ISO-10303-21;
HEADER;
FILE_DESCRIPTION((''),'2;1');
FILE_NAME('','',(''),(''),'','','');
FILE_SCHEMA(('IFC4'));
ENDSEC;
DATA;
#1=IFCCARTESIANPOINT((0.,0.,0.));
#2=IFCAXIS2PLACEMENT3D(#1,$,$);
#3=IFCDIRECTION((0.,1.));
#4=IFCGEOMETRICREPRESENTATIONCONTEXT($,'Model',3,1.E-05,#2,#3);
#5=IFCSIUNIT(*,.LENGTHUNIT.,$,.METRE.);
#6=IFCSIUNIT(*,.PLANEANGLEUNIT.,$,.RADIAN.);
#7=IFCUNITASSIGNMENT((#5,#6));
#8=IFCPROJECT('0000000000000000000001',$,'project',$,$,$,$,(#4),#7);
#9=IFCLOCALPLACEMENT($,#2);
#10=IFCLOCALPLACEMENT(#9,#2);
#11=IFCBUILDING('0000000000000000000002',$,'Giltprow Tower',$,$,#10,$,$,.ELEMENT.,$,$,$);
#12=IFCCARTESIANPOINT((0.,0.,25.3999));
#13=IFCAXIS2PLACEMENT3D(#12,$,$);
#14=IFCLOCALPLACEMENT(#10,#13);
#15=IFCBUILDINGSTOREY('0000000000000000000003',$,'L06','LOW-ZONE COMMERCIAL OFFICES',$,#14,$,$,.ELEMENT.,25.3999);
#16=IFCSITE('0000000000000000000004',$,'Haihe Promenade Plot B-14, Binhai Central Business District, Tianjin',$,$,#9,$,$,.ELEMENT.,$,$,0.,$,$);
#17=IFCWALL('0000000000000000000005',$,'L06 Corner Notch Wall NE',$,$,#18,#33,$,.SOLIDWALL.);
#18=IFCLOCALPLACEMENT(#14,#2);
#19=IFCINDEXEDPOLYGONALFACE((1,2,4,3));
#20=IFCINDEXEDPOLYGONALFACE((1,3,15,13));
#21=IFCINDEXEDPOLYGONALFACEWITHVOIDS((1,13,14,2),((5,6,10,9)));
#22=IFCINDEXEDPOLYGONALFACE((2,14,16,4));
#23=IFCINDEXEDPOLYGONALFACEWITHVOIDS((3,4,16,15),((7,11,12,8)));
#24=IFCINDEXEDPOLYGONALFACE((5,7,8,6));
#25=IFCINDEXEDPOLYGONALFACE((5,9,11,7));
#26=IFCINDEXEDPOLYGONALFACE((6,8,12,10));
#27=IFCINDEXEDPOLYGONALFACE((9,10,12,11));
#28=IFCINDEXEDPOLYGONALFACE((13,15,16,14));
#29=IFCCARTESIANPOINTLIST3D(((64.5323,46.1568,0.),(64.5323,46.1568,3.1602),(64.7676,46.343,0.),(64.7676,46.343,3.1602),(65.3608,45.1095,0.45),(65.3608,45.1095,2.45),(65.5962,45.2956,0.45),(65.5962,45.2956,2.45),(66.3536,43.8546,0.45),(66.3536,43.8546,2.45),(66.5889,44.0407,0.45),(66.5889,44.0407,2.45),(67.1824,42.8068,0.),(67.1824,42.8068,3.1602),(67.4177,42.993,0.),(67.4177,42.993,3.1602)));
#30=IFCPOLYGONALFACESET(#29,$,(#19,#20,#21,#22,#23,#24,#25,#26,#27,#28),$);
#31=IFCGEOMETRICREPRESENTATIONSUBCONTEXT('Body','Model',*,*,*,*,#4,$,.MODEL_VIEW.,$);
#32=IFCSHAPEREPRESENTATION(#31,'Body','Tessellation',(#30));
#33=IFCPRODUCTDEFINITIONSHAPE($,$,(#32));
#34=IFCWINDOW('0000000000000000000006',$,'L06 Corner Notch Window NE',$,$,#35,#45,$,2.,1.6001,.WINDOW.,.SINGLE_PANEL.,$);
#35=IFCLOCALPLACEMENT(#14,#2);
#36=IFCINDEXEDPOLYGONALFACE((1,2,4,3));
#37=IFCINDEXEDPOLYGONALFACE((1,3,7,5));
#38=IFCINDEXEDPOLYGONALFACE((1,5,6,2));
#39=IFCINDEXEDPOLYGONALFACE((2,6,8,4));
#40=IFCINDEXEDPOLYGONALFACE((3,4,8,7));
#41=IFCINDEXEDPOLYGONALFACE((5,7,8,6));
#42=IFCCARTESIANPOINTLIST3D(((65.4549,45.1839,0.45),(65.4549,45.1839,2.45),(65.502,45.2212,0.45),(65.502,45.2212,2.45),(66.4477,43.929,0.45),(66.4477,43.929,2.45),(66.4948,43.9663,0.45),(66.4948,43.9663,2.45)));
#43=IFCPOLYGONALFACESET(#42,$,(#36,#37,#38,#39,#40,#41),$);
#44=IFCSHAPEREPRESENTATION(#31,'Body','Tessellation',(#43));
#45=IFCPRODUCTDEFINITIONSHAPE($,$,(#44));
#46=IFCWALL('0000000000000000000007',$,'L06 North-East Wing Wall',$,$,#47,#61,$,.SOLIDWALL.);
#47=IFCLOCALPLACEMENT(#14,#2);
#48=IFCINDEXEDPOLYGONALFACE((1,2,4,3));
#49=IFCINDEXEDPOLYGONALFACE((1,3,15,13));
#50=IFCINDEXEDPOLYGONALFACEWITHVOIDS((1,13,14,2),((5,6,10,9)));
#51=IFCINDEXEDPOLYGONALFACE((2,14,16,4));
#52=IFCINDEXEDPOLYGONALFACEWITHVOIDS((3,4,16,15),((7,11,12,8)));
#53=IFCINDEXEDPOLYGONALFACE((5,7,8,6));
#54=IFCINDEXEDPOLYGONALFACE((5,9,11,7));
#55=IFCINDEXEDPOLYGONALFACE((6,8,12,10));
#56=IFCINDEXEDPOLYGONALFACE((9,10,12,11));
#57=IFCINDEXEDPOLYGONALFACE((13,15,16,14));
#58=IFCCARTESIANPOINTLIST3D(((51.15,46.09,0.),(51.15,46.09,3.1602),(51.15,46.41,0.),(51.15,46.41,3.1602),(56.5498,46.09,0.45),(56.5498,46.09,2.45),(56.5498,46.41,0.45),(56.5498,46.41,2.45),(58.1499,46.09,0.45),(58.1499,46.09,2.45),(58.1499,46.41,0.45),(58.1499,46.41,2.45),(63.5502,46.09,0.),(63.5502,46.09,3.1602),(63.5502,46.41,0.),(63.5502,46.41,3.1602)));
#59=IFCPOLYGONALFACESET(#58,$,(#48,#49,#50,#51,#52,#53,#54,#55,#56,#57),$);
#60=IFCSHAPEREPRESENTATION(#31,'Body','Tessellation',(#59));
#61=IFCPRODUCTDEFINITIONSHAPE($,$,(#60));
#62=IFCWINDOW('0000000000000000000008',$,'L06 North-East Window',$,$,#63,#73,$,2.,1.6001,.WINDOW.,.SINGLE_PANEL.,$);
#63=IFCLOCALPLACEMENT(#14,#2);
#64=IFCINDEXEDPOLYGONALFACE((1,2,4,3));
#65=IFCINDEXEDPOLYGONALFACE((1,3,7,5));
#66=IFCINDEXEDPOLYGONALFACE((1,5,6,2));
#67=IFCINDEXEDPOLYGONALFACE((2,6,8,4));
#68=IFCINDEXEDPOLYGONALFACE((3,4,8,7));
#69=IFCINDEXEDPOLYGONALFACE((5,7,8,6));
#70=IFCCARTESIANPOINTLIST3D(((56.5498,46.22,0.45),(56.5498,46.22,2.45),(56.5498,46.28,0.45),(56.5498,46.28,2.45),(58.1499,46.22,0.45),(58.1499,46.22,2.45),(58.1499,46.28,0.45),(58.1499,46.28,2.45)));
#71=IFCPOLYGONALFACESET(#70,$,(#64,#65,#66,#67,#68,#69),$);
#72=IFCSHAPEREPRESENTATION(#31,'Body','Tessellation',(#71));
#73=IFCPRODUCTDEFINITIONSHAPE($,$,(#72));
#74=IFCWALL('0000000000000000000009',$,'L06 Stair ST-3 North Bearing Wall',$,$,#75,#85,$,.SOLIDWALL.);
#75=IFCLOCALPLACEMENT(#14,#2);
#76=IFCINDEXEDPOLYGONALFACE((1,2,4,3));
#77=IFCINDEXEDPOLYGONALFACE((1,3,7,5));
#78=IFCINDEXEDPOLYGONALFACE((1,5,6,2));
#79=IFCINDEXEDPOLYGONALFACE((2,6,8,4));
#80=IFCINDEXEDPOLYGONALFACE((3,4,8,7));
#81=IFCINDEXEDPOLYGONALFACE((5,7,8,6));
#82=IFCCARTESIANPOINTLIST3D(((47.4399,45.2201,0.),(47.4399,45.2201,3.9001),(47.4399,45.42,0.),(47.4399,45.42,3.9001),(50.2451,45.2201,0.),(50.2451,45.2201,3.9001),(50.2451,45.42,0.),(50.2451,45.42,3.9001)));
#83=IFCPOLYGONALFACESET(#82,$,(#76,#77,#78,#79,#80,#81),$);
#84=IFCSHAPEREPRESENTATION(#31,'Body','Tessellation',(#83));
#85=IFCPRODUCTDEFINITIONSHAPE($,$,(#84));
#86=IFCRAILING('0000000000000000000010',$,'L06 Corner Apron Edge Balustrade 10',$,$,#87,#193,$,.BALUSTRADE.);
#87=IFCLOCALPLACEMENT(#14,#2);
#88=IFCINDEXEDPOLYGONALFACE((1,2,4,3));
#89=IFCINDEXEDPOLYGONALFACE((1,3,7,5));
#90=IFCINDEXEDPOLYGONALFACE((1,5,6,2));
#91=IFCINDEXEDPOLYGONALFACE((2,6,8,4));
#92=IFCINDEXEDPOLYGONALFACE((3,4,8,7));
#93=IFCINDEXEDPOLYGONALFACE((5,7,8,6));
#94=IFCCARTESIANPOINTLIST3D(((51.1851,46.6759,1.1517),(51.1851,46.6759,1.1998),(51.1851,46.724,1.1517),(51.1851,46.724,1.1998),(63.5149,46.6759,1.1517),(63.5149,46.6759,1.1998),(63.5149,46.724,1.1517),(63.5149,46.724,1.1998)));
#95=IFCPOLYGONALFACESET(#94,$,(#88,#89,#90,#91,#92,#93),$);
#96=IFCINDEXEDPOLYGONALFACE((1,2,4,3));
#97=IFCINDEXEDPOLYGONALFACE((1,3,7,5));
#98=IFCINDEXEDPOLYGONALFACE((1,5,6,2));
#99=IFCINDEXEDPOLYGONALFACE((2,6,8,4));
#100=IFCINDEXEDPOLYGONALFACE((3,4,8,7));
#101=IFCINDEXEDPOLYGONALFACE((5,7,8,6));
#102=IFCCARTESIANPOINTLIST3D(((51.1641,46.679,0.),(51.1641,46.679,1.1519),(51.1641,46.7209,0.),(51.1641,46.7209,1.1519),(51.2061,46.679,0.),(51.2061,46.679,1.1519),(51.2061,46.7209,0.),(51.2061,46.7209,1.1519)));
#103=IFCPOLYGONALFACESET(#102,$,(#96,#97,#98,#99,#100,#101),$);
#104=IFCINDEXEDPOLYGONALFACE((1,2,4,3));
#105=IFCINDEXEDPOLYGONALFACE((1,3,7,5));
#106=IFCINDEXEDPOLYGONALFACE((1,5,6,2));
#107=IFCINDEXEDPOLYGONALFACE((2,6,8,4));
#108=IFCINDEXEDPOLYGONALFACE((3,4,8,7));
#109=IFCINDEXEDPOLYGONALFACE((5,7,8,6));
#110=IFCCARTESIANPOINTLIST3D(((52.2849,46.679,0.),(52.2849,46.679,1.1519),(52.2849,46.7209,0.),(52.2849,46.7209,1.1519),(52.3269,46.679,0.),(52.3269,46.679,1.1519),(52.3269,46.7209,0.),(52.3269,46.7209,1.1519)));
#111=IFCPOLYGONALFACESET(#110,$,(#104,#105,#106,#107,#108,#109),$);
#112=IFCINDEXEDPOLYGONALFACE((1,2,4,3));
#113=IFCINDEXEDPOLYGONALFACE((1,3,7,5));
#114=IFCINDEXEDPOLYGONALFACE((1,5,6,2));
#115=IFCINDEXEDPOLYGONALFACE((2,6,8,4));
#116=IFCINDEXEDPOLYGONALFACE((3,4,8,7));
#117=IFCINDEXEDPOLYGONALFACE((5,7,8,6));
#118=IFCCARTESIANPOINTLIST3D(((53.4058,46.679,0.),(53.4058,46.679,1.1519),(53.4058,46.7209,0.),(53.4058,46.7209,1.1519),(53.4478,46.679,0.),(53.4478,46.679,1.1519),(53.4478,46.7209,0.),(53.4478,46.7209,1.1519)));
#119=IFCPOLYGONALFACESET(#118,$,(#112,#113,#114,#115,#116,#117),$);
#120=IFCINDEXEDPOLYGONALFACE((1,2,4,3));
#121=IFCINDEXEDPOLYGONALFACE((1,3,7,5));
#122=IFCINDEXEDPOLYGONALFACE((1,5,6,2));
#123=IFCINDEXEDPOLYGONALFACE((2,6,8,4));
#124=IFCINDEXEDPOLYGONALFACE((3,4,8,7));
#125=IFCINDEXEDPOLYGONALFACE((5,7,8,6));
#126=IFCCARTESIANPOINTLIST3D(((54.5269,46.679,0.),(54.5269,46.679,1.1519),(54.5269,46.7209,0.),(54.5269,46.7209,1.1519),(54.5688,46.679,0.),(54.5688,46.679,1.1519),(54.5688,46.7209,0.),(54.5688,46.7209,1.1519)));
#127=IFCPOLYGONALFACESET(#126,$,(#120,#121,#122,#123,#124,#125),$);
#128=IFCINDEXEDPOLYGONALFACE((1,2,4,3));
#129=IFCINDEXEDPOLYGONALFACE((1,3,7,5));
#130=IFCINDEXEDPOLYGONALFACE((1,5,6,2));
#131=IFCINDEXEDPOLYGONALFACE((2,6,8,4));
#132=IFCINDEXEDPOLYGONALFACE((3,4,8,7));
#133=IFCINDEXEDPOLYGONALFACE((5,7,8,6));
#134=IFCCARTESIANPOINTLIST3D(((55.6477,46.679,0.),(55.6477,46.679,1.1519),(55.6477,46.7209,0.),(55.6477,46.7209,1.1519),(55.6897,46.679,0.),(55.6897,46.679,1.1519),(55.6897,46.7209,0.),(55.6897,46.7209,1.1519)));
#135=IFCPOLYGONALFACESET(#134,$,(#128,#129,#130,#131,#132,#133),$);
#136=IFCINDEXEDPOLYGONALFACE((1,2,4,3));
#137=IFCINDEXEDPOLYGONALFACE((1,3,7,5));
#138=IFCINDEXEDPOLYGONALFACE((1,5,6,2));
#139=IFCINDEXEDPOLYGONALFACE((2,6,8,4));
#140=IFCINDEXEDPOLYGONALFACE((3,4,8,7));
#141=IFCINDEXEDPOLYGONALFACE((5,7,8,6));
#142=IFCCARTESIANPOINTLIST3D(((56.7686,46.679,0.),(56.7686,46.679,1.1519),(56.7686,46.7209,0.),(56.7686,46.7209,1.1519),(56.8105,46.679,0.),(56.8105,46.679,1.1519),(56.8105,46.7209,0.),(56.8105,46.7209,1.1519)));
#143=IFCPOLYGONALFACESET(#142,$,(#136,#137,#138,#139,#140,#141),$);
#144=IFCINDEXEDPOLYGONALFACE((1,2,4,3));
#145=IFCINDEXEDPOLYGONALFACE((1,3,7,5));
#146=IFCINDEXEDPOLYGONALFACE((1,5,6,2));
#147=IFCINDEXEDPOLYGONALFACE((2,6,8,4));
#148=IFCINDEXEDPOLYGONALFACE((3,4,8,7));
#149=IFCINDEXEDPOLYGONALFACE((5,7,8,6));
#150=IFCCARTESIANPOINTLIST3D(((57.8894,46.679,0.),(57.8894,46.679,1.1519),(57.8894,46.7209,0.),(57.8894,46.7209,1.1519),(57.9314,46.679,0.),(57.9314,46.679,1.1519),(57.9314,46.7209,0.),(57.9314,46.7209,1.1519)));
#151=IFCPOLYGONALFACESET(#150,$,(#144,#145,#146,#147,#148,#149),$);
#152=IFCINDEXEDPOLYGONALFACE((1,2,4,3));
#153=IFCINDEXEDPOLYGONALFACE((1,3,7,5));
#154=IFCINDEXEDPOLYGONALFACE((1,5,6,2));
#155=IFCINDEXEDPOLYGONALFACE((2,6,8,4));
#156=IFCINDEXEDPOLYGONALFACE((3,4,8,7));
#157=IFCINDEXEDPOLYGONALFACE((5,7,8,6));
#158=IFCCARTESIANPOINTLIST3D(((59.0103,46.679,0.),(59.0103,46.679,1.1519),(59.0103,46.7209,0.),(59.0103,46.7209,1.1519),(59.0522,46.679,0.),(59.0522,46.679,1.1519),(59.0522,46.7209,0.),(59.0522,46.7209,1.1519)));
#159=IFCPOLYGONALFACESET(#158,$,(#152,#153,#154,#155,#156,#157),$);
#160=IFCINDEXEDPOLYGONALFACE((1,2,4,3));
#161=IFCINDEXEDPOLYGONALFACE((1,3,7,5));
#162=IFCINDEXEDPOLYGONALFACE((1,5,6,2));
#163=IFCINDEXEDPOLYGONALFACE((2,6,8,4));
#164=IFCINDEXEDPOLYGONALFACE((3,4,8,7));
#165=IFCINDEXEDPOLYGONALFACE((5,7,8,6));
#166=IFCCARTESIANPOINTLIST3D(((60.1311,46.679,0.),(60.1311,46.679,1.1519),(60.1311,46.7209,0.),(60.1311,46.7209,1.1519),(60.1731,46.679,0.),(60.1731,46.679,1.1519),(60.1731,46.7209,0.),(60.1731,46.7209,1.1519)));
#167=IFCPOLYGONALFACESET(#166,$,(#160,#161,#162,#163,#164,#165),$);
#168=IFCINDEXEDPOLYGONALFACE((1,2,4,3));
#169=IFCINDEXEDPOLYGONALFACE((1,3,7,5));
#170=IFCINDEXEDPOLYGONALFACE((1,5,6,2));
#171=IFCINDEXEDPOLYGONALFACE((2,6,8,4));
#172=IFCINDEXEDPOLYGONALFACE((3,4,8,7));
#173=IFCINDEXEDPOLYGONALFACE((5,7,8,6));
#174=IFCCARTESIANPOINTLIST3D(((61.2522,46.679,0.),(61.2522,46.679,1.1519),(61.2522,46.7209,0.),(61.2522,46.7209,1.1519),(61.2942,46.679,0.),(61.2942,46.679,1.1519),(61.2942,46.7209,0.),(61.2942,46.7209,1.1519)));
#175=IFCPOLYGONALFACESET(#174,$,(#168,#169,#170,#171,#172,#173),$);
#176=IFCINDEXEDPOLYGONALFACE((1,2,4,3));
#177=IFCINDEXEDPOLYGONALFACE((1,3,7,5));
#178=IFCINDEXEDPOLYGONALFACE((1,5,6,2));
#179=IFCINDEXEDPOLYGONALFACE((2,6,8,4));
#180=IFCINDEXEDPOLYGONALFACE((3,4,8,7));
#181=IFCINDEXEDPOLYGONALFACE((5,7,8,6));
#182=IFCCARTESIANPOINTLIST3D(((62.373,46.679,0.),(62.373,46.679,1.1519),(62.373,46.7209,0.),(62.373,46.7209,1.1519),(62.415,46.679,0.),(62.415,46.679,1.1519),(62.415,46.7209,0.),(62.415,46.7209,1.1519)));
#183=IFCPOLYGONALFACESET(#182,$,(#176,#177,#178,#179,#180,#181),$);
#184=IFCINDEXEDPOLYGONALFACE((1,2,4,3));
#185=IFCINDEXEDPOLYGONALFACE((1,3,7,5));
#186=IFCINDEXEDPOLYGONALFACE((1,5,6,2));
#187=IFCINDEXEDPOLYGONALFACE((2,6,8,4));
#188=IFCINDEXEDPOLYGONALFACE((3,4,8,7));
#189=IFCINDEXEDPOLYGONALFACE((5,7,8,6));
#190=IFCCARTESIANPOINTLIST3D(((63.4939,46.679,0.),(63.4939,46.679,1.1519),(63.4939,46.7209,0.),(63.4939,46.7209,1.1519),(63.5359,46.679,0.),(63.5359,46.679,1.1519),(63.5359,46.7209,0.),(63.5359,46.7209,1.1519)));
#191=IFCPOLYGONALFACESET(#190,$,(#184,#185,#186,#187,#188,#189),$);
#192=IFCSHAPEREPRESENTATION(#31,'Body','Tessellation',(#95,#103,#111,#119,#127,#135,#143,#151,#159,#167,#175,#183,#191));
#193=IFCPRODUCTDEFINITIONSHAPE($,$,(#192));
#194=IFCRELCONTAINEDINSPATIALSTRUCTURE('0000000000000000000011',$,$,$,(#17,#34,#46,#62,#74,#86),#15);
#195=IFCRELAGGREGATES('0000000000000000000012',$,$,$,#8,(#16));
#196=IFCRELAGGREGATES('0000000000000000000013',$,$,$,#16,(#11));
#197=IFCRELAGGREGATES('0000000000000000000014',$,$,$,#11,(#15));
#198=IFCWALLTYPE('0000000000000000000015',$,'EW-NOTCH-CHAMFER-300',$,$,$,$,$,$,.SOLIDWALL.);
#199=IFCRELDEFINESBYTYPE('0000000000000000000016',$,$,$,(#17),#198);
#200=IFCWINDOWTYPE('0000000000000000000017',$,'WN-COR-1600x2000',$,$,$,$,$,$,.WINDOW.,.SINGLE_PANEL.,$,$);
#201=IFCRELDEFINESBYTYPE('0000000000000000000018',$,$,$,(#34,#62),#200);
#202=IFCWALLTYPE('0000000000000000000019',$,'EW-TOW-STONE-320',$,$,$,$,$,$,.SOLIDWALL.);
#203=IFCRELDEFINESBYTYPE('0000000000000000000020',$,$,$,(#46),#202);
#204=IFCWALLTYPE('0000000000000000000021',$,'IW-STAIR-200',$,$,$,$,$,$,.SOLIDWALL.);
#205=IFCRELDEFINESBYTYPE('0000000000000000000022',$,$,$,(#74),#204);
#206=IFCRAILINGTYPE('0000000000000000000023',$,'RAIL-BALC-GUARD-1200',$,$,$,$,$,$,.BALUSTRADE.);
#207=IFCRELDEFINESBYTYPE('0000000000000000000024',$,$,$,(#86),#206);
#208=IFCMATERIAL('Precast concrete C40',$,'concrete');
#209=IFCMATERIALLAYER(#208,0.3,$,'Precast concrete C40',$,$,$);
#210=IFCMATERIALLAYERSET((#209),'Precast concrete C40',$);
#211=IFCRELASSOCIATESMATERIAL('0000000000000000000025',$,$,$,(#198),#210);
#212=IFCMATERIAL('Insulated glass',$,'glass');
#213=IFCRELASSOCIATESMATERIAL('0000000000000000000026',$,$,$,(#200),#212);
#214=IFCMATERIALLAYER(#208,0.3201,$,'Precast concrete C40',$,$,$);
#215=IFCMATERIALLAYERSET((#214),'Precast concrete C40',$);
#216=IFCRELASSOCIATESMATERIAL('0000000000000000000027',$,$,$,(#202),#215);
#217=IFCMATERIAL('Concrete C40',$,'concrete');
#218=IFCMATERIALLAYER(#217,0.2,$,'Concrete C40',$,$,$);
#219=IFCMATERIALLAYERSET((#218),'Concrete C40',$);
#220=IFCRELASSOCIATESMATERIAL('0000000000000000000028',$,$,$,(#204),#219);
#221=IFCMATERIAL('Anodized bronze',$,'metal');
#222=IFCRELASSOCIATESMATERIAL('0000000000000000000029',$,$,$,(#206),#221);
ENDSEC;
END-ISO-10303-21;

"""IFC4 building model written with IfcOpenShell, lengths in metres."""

from ifc_helpers import new_model, si_unit, direction, frame, frame_2d, origin, origin_2d, place, context, subcontext, project, spatial, rectangle, extrude, source, transform, mapped, material, layer, layer_set, type_object, element, fill, save


model = new_model("IFC4")

# Units and contexts
model_context = context("Model", 3, precision=1e-05, world=origin(), true_north=direction((0.0, 1.0)))
body_context = subcontext(model_context, "Body", "Model", "MODEL_VIEW")
ifc_project = project(units=[si_unit("LENGTHUNIT", "METRE"), si_unit("PLANEANGLEUNIT", "RADIAN")], contexts=[model_context])

# Site, building, storey
site_placement = place(None, origin())
site = spatial("IfcSite", under=ifc_project, at=site_placement, Name="Haihe Promenade Plot B-14, Binhai Central Business District, Tianjin", CompositionType="ELEMENT", RefElevation=0.0)
building_placement = place(site_placement, origin())
building = spatial("IfcBuilding", under=site, at=building_placement, Name="Giltprow Tower", CompositionType="ELEMENT")
storey_placement = place(building_placement, frame((0.0, 0.0, 25.3999)))
storey = spatial("IfcBuildingStorey", under=building, at=storey_placement, Name="L06", Description="LOW-ZONE COMMERCIAL OFFICES", CompositionType="ELEMENT", Elevation=25.3999)

# Walls, openings, windows
ifc_material_1 = material(Name="Precast concrete C40", Category="concrete")
ifc_layer_1 = layer(ifc_material_1, 0.3, Name="Precast concrete C40")
ifc_layer_set_1 = layer_set([ifc_layer_1], Name="Precast concrete C40")
wall_type_1 = type_object("IfcWallType", Name="EW-NOTCH-CHAMFER-300", PredefinedType="SOLIDWALL", material=ifc_layer_set_1)
wall_1_placement = place(storey_placement, frame((67.3, 42.8999, 0.0), z_axis=(0.0, 0.0, 1.0), x_axis=(-0.620413, 0.784275, 0.0)))
wall_1 = element("IfcWall", 1, at=wall_1_placement, inside=storey, type_object=wall_type_1, Name="L06 Corner Notch Wall NE", PredefinedType="SOLIDWALL", context=body_context, shape_type="SweptSolid", body=[
    extrude(rectangle(XDim=4.2715, YDim=0.3, at=frame_2d((2.1357, 0.0))), origin(), (0.0, 0.0, 1.0), 3.1602),
])
opening_1_placement = place(wall_1_placement, frame((1.3359, 0.0, 0.45)))
opening_1 = element("IfcOpeningElement", 2, at=opening_1_placement, cuts=wall_1, PredefinedType="OPENING", context=body_context, shape_type="SweptSolid", body=[
    extrude(rectangle(XDim=1.6001, YDim=2.0, at=frame_2d((0.8, 1.0))), frame((0.0, 0.1599, 0.0), z_axis=(0.0, -1.0, 0.0), x_axis=(1.0, 0.0, 0.0)), (0.0, 0.0, 1.0), 0.3201),
])
ifc_material_2 = material(Name="Insulated glass", Category="glass")
window_type = type_object("IfcWindowType", Name="WN-COR-1600x2000", PartitioningType="SINGLE_PANEL", PredefinedType="WINDOW", material=ifc_material_2)
shared_shape_1 = source(origin(), body_context, "Body", "SweptSolid", [
    extrude(rectangle(XDim=1.6001, YDim=2.0, at=frame_2d((0.8, 1.0))), frame((0.0, 0.03, 0.0), z_axis=(0.0, -1.0, 0.0), x_axis=(1.0, 0.0, 0.0)), (0.0, 0.0, 1.0), 0.0601),
])
window_1_placement = place(opening_1_placement, origin())
window_1 = element("IfcWindow", 3, at=window_1_placement, inside=storey, type_object=window_type, Name="L06 Corner Notch Window NE", OverallHeight=2.0, OverallWidth=1.6001, PartitioningType="SINGLE_PANEL", PredefinedType="WINDOW", context=body_context, shape_type="MappedRepresentation", body=[
    mapped(shared_shape_1, transform((0.0, 0.0, 0.0), x_axis=(1.0, 0.0, 0.0), y_axis=(0.0, 1.0, 0.0), z_axis=(0.0, 0.0, 1.0), scale=1.0)),
])
fill(opening_1, window_1)
ifc_layer_2 = layer(ifc_material_1, 0.3201, Name="Precast concrete C40")
ifc_layer_set_2 = layer_set([ifc_layer_2], Name="Precast concrete C40")
wall_type_2 = type_object("IfcWallType", Name="EW-TOW-STONE-320", PredefinedType="SOLIDWALL", material=ifc_layer_set_2)
wall_2_placement = place(storey_placement, frame((51.1499, 46.25, 0.0), z_axis=(0.0, 0.0, 1.0), x_axis=(1.0, 0.0, 0.0)))
wall_2 = element("IfcWall", 4, at=wall_2_placement, inside=storey, type_object=wall_type_2, Name="L06 North-East Wing Wall", PredefinedType="SOLIDWALL", context=body_context, shape_type="SweptSolid", body=[
    extrude(rectangle(XDim=12.4001, YDim=0.3201, at=frame_2d((6.2002, 0.0))), origin(), (0.0, 0.0, 1.0), 3.1602),
])
opening_2_placement = place(wall_2_placement, frame((5.3999, 0.0, 0.45)))
opening_2 = element("IfcOpeningElement", 5, at=opening_2_placement, cuts=wall_2, PredefinedType="OPENING", context=body_context, shape_type="SweptSolid", body=[
    extrude(rectangle(XDim=1.6001, YDim=2.0, at=frame_2d((0.8, 1.0))), frame((0.0, 0.1699, 0.0), z_axis=(0.0, -1.0, 0.0), x_axis=(1.0, 0.0, 0.0)), (0.0, 0.0, 1.0), 0.3401),
])
window_2_placement = place(opening_2_placement, origin())
window_2 = element("IfcWindow", 6, at=window_2_placement, inside=storey, type_object=window_type, Name="L06 North-East Window", OverallHeight=2.0, OverallWidth=1.6001, PartitioningType="SINGLE_PANEL", PredefinedType="WINDOW", context=body_context, shape_type="MappedRepresentation", body=[
    mapped(shared_shape_1, transform((0.0, 0.0, 0.0), x_axis=(1.0, 0.0, 0.0), y_axis=(0.0, 1.0, 0.0), z_axis=(0.0, 0.0, 1.0), scale=1.0)),
])
fill(opening_2, window_2)

# Wall
ifc_material_3 = material(Name="Concrete C40", Category="concrete")
ifc_layer_3 = layer(ifc_material_3, 0.2, Name="Concrete C40")
ifc_layer_set_3 = layer_set([ifc_layer_3], Name="Concrete C40")
wall_type_3 = type_object("IfcWallType", Name="IW-STAIR-200", PredefinedType="SOLIDWALL", material=ifc_layer_set_3)
wall_3_placement = place(storey_placement, frame((47.4399, 45.3201, 0.0), z_axis=(0.0, 0.0, 1.0), x_axis=(1.0, 0.0, 0.0)))
element("IfcWall", 7, at=wall_3_placement, inside=storey, type_object=wall_type_3, Name="L06 Stair ST-3 North Bearing Wall", PredefinedType="SOLIDWALL", context=body_context, shape_type="SweptSolid", body=[
    extrude(rectangle(XDim=2.8052, YDim=0.2, at=frame_2d((1.4026, 0.0))), origin(), (0.0, 0.0, 1.0), 3.9001),
])

# Railing
ifc_material_4 = material(Name="Anodized bronze", Category="metal")
railing_type_1 = type_object("IfcRailingType", Name="RAIL-BALC-GUARD-1200", PredefinedType="BALUSTRADE", material=ifc_material_4)
railing_1_placement = place(storey_placement, frame((51.1851, 46.7, 0.0)))
element("IfcRailing", 8, at=railing_1_placement, inside=storey, type_object=railing_type_1, Name="L06 Corner Apron Edge Balustrade 10", PredefinedType="BALUSTRADE", context=body_context, shape_type="SweptSolid", body=[
    extrude(rectangle(XDim=0.0481, YDim=0.0481, at=origin_2d()), frame((0.0, 0.0, 1.1758), z_axis=(1.0, 0.0, 0.0), x_axis=(0.0, 1.0, 0.0)), (0.0, 0.0, 1.0), 12.3298),
    extrude(rectangle(XDim=0.042, YDim=0.042, at=origin_2d()), origin(), (0.0, 0.0, 1.0), 1.1519),
    extrude(rectangle(XDim=0.042, YDim=0.042, at=origin_2d()), frame((1.1208, 0.0, 0.0)), (0.0, 0.0, 1.0), 1.1519),
    extrude(rectangle(XDim=0.042, YDim=0.042, at=origin_2d()), frame((2.2417, 0.0, 0.0)), (0.0, 0.0, 1.0), 1.1519),
    extrude(rectangle(XDim=0.042, YDim=0.042, at=origin_2d()), frame((3.3628, 0.0, 0.0)), (0.0, 0.0, 1.0), 1.1519),
    extrude(rectangle(XDim=0.042, YDim=0.042, at=origin_2d()), frame((4.4836, 0.0, 0.0)), (0.0, 0.0, 1.0), 1.1519),
    extrude(rectangle(XDim=0.042, YDim=0.042, at=origin_2d()), frame((5.6045, 0.0, 0.0)), (0.0, 0.0, 1.0), 1.1519),
    extrude(rectangle(XDim=0.042, YDim=0.042, at=origin_2d()), frame((6.7253, 0.0, 0.0)), (0.0, 0.0, 1.0), 1.1519),
    extrude(rectangle(XDim=0.042, YDim=0.042, at=origin_2d()), frame((7.8462, 0.0, 0.0)), (0.0, 0.0, 1.0), 1.1519),
    extrude(rectangle(XDim=0.042, YDim=0.042, at=origin_2d()), frame((8.967, 0.0, 0.0)), (0.0, 0.0, 1.0), 1.1519),
    extrude(rectangle(XDim=0.042, YDim=0.042, at=origin_2d()), frame((10.0881, 0.0, 0.0)), (0.0, 0.0, 1.0), 1.1519),
    extrude(rectangle(XDim=0.042, YDim=0.042, at=origin_2d()), frame((11.209, 0.0, 0.0)), (0.0, 0.0, 1.0), 1.1519),
    extrude(rectangle(XDim=0.042, YDim=0.042, at=origin_2d()), frame((12.3298, 0.0, 0.0)), (0.0, 0.0, 1.0), 1.1519),
])

save(model, "model.ifc")
